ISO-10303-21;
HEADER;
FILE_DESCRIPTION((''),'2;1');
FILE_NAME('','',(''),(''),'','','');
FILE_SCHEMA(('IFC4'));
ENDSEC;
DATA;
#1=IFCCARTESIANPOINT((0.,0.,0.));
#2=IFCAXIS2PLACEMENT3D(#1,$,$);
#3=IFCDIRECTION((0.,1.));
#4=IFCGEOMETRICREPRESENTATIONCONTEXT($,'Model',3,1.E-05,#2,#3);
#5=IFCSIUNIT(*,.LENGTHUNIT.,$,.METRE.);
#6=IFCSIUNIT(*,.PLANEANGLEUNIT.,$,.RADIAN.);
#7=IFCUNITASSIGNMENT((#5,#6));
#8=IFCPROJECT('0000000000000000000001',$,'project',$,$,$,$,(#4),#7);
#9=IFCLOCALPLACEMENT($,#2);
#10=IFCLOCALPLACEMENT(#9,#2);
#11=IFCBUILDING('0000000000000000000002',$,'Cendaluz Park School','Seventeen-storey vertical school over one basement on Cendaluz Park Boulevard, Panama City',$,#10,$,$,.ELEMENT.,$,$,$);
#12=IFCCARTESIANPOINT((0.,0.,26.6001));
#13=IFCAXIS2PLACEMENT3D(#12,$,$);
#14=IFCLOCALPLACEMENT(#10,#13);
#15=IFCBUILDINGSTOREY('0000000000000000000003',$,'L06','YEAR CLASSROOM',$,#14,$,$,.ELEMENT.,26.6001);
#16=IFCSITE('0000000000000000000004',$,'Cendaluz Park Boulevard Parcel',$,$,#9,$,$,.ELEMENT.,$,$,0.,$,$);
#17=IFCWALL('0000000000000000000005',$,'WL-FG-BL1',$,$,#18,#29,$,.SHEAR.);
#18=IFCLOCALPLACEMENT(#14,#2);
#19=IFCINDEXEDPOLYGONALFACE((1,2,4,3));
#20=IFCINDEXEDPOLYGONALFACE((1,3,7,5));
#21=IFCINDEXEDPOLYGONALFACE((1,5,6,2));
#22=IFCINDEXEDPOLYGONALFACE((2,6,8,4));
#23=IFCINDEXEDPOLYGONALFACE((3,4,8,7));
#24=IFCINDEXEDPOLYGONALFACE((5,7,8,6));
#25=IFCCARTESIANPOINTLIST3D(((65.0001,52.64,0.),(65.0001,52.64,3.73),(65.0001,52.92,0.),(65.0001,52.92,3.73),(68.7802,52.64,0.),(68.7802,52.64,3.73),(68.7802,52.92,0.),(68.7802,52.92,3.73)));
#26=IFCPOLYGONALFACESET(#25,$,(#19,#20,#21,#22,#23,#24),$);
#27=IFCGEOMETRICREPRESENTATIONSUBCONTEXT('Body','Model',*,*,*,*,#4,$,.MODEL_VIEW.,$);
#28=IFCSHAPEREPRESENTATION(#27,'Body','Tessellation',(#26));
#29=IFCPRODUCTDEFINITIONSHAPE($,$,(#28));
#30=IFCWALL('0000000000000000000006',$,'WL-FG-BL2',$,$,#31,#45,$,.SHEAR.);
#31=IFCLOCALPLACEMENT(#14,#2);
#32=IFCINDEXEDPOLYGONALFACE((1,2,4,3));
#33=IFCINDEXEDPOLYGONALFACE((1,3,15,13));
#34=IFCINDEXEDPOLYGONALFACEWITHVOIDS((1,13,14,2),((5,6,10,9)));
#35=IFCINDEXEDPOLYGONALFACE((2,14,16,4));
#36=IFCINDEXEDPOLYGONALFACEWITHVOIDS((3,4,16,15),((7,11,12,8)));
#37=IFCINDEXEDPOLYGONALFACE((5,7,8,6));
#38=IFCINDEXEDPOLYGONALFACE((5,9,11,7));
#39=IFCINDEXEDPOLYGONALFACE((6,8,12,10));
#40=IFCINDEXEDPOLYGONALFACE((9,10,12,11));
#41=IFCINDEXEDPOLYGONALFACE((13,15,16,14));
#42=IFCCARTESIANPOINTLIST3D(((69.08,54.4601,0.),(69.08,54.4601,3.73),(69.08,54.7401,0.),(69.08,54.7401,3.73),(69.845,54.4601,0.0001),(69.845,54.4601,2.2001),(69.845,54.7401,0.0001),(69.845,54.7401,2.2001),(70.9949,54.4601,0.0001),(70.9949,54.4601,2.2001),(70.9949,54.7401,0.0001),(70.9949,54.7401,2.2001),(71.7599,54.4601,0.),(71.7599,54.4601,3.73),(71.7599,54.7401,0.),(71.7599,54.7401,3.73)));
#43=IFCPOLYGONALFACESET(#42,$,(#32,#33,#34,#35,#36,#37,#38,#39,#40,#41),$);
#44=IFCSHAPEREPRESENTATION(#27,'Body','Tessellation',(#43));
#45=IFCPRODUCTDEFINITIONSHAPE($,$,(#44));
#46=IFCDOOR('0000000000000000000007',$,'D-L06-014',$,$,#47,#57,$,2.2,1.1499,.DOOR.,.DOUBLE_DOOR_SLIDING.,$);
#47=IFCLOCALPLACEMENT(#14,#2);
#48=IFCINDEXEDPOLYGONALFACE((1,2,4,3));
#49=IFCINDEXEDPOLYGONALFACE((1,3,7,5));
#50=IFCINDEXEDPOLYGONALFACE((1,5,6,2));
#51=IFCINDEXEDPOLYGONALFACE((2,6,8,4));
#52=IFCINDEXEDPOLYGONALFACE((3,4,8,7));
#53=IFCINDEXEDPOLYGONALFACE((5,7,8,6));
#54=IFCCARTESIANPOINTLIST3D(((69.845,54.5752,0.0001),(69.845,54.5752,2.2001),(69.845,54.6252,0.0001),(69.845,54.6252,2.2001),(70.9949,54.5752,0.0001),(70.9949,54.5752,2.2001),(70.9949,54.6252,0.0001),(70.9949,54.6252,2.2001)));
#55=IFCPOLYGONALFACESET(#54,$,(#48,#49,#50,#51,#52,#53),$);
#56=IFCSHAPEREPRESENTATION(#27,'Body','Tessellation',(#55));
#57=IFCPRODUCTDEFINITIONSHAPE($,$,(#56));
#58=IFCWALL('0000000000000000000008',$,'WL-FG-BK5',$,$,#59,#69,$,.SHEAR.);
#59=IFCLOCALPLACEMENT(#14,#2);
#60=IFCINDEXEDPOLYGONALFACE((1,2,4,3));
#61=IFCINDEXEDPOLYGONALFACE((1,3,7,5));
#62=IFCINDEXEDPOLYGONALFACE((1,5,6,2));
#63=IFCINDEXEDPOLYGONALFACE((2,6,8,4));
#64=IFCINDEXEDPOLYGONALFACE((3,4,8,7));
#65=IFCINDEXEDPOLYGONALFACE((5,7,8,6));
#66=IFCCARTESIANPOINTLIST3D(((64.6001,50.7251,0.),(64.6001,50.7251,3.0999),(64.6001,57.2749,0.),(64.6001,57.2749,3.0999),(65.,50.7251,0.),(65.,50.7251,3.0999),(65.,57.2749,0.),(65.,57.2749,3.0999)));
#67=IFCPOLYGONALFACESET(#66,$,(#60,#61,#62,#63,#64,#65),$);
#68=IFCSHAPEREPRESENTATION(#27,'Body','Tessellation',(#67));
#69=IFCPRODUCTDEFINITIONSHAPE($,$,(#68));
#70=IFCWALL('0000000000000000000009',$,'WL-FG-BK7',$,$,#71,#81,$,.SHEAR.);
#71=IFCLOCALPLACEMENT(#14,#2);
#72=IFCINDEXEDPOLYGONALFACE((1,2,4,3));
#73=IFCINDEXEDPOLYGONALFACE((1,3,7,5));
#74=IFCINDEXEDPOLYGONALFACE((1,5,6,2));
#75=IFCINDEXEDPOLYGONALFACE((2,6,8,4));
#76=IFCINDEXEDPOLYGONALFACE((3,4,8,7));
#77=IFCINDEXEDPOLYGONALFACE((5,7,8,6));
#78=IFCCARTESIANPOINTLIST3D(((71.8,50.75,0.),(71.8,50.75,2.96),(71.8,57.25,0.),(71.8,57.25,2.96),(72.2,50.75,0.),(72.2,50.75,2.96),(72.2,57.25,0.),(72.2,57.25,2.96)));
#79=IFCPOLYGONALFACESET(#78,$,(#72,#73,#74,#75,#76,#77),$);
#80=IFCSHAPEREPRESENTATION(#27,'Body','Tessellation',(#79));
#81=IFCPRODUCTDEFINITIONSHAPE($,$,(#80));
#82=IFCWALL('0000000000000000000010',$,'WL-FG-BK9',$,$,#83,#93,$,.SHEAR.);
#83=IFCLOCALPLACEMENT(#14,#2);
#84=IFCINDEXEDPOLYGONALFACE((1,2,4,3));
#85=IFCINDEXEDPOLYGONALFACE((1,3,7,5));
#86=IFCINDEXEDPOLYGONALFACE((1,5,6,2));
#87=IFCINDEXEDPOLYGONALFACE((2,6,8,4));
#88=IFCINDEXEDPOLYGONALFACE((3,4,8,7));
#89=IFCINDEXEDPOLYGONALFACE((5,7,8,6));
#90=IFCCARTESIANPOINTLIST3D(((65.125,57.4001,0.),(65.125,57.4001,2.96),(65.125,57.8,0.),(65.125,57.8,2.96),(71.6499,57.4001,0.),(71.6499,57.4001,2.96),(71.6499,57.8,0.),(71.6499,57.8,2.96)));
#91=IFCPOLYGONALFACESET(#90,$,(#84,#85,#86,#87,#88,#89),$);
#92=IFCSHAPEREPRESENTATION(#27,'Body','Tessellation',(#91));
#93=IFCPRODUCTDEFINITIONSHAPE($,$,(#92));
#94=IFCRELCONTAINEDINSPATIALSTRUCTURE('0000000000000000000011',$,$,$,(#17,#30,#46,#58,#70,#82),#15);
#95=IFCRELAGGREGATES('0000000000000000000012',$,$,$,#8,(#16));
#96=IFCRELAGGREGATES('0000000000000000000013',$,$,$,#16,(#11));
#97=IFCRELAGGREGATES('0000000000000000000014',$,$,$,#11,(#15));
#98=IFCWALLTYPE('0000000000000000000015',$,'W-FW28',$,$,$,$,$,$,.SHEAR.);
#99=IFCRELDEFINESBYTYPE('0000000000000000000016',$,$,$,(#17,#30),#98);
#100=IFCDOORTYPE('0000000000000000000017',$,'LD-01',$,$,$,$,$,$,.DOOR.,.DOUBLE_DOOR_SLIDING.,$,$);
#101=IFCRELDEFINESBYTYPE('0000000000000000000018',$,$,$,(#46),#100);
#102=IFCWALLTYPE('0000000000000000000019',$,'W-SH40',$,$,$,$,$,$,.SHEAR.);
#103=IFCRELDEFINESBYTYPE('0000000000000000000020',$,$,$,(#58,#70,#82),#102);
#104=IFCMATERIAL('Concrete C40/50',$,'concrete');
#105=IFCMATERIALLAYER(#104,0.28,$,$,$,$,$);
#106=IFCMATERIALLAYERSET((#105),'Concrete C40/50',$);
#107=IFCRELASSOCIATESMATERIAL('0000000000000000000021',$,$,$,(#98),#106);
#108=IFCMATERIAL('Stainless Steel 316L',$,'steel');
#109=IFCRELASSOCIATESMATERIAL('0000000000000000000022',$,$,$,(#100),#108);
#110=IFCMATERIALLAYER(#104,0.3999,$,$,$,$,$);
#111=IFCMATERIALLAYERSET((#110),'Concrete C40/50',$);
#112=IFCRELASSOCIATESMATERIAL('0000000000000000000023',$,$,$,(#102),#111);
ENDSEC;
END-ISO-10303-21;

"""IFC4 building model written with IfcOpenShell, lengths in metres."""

from ifc_helpers import new_model, si_unit, direction, frame, frame_2d, origin, place, context, subcontext, project, spatial, rectangle, extrude, material, layer, layer_set, type_object, element, fill, save


model = new_model("IFC4")

# Units and contexts
model_context = context("Model", 3, precision=1e-05, world=origin(), true_north=direction((0.0, 1.0)))
body_context = subcontext(model_context, "Body", "Model", "MODEL_VIEW")
ifc_project = project(units=[si_unit("LENGTHUNIT", "METRE"), si_unit("PLANEANGLEUNIT", "RADIAN")], contexts=[model_context])

# Site, building, storey
site_placement = place(None, origin())
site = spatial("IfcSite", under=ifc_project, at=site_placement, Name="Cendaluz Park Boulevard Parcel", CompositionType="ELEMENT", RefElevation=0.0)
building_placement = place(site_placement, origin())
building = spatial("IfcBuilding", under=site, at=building_placement, Name="Cendaluz Park School", Description="Seventeen-storey vertical school over one basement on Cendaluz Park Boulevard, Panama City", CompositionType="ELEMENT")
storey_placement = place(building_placement, frame((0.0, 0.0, 26.6001)))
storey = spatial("IfcBuildingStorey", under=building, at=storey_placement, Name="L06", Description="YEAR CLASSROOM", CompositionType="ELEMENT", Elevation=26.6001)

# Shared definitions
ifc_material_1 = material(Name="Concrete C40/50", Category="concrete")

# Wall
ifc_layer_1 = layer(ifc_material_1, 0.28)
ifc_layer_set_1 = layer_set([ifc_layer_1], Name="Concrete C40/50")
wall_type_1 = type_object("IfcWallType", Name="W-FW28", PredefinedType="SHEAR", material=ifc_layer_set_1)
wall_1_placement = place(storey_placement, frame((65.0, 52.78, 0.0), z_axis=(0.0, 0.0, 1.0), x_axis=(1.0, 0.0, 0.0)))
element("IfcWall", 1, at=wall_1_placement, inside=storey, type_object=wall_type_1, Name="WL-FG-BL1", PredefinedType="SHEAR", context=body_context, shape_type="SweptSolid", body=[
    extrude(rectangle(XDim=3.78, YDim=0.28, at=frame_2d((1.8901, 0.0))), origin(), (0.0, 0.0, 1.0), 3.73),
])

# Wall, opening, door
wall_2_placement = place(storey_placement, frame((69.0801, 54.6001, 0.0), z_axis=(0.0, 0.0, 1.0), x_axis=(1.0, 0.0, 0.0)))
wall_2 = element("IfcWall", 2, at=wall_2_placement, inside=storey, type_object=wall_type_1, Name="WL-FG-BL2", PredefinedType="SHEAR", context=body_context, shape_type="SweptSolid", body=[
    extrude(rectangle(XDim=2.6799, YDim=0.28, at=frame_2d((1.3398, 0.0))), origin(), (0.0, 0.0, 1.0), 3.73),
])
opening_1_placement = place(wall_2_placement, frame((0.7649, 0.0, 0.0)))
opening_1 = element("IfcOpeningElement", 3, at=opening_1_placement, cuts=wall_2, PredefinedType="OPENING", context=body_context, shape_type="SweptSolid", body=[
    extrude(rectangle(XDim=1.1499, YDim=2.2, at=frame_2d((0.575, 1.1001))), frame((0.0, 0.1521, 0.0), z_axis=(0.0, -1.0, 0.0), x_axis=(1.0, 0.0, 0.0)), (0.0, 0.0, 1.0), 0.304),
])
ifc_material_2 = material(Name="Stainless Steel 316L", Category="steel")
door_type = type_object("IfcDoorType", Name="LD-01", OperationType="DOUBLE_DOOR_SLIDING", PredefinedType="DOOR", material=ifc_material_2)
door_placement = place(opening_1_placement, frame((1.1499, 0.0, 0.0), z_axis=(0.0, 0.0, 1.0), x_axis=(-1.0, 0.0, 0.0)))
door = element("IfcDoor", 4, at=door_placement, inside=storey, type_object=door_type, Name="D-L06-014", OperationType="DOUBLE_DOOR_SLIDING", OverallHeight=2.2, OverallWidth=1.1499, PredefinedType="DOOR", context=body_context, shape_type="SweptSolid", body=[
    extrude(rectangle(XDim=1.1499, YDim=2.2, at=frame_2d((0.575, 1.1001))), frame((0.0, 0.0249, 0.0), z_axis=(0.0, -1.0, 0.0), x_axis=(1.0, 0.0, 0.0)), (0.0, 0.0, 1.0), 0.05),
])
fill(opening_1, door)

# Walls
ifc_layer_2 = layer(ifc_material_1, 0.3999)
ifc_layer_set_2 = layer_set([ifc_layer_2], Name="Concrete C40/50")
wall_type_2 = type_object("IfcWallType", Name="W-SH40", PredefinedType="SHEAR", material=ifc_layer_set_2)
wall_3_placement = place(storey_placement, frame((64.8, 50.7251, 0.0), z_axis=(0.0, 0.0, 1.0), x_axis=(0.0, 1.0, 0.0)))
element("IfcWall", 5, at=wall_3_placement, inside=storey, type_object=wall_type_2, Name="WL-FG-BK5", PredefinedType="SHEAR", context=body_context, shape_type="SweptSolid", body=[
    extrude(rectangle(XDim=6.5498, YDim=0.3999, at=frame_2d((3.2749, 0.0))), origin(), (0.0, 0.0, 1.0), 3.0999),
])
wall_4_placement = place(storey_placement, frame((72.0, 50.75, 0.0), z_axis=(0.0, 0.0, 1.0), x_axis=(0.0, 1.0, 0.0)))
element("IfcWall", 6, at=wall_4_placement, inside=storey, type_object=wall_type_2, Name="WL-FG-BK7", PredefinedType="SHEAR", context=body_context, shape_type="SweptSolid", body=[
    extrude(rectangle(XDim=6.5, YDim=0.3999, at=frame_2d((3.25, 0.0))), origin(), (0.0, 0.0, 1.0), 2.96),
])
wall_5_placement = place(storey_placement, frame((65.125, 57.6001, 0.0), z_axis=(0.0, 0.0, 1.0), x_axis=(1.0, 0.0, 0.0)))
element("IfcWall", 7, at=wall_5_placement, inside=storey, type_object=wall_type_2, Name="WL-FG-BK9", PredefinedType="SHEAR", context=body_context, shape_type="SweptSolid", body=[
    extrude(rectangle(XDim=6.5249, YDim=0.3999, at=frame_2d((3.2625, 0.0))), origin(), (0.0, 0.0, 1.0), 2.96),
])

save(model, "model.ifc")
